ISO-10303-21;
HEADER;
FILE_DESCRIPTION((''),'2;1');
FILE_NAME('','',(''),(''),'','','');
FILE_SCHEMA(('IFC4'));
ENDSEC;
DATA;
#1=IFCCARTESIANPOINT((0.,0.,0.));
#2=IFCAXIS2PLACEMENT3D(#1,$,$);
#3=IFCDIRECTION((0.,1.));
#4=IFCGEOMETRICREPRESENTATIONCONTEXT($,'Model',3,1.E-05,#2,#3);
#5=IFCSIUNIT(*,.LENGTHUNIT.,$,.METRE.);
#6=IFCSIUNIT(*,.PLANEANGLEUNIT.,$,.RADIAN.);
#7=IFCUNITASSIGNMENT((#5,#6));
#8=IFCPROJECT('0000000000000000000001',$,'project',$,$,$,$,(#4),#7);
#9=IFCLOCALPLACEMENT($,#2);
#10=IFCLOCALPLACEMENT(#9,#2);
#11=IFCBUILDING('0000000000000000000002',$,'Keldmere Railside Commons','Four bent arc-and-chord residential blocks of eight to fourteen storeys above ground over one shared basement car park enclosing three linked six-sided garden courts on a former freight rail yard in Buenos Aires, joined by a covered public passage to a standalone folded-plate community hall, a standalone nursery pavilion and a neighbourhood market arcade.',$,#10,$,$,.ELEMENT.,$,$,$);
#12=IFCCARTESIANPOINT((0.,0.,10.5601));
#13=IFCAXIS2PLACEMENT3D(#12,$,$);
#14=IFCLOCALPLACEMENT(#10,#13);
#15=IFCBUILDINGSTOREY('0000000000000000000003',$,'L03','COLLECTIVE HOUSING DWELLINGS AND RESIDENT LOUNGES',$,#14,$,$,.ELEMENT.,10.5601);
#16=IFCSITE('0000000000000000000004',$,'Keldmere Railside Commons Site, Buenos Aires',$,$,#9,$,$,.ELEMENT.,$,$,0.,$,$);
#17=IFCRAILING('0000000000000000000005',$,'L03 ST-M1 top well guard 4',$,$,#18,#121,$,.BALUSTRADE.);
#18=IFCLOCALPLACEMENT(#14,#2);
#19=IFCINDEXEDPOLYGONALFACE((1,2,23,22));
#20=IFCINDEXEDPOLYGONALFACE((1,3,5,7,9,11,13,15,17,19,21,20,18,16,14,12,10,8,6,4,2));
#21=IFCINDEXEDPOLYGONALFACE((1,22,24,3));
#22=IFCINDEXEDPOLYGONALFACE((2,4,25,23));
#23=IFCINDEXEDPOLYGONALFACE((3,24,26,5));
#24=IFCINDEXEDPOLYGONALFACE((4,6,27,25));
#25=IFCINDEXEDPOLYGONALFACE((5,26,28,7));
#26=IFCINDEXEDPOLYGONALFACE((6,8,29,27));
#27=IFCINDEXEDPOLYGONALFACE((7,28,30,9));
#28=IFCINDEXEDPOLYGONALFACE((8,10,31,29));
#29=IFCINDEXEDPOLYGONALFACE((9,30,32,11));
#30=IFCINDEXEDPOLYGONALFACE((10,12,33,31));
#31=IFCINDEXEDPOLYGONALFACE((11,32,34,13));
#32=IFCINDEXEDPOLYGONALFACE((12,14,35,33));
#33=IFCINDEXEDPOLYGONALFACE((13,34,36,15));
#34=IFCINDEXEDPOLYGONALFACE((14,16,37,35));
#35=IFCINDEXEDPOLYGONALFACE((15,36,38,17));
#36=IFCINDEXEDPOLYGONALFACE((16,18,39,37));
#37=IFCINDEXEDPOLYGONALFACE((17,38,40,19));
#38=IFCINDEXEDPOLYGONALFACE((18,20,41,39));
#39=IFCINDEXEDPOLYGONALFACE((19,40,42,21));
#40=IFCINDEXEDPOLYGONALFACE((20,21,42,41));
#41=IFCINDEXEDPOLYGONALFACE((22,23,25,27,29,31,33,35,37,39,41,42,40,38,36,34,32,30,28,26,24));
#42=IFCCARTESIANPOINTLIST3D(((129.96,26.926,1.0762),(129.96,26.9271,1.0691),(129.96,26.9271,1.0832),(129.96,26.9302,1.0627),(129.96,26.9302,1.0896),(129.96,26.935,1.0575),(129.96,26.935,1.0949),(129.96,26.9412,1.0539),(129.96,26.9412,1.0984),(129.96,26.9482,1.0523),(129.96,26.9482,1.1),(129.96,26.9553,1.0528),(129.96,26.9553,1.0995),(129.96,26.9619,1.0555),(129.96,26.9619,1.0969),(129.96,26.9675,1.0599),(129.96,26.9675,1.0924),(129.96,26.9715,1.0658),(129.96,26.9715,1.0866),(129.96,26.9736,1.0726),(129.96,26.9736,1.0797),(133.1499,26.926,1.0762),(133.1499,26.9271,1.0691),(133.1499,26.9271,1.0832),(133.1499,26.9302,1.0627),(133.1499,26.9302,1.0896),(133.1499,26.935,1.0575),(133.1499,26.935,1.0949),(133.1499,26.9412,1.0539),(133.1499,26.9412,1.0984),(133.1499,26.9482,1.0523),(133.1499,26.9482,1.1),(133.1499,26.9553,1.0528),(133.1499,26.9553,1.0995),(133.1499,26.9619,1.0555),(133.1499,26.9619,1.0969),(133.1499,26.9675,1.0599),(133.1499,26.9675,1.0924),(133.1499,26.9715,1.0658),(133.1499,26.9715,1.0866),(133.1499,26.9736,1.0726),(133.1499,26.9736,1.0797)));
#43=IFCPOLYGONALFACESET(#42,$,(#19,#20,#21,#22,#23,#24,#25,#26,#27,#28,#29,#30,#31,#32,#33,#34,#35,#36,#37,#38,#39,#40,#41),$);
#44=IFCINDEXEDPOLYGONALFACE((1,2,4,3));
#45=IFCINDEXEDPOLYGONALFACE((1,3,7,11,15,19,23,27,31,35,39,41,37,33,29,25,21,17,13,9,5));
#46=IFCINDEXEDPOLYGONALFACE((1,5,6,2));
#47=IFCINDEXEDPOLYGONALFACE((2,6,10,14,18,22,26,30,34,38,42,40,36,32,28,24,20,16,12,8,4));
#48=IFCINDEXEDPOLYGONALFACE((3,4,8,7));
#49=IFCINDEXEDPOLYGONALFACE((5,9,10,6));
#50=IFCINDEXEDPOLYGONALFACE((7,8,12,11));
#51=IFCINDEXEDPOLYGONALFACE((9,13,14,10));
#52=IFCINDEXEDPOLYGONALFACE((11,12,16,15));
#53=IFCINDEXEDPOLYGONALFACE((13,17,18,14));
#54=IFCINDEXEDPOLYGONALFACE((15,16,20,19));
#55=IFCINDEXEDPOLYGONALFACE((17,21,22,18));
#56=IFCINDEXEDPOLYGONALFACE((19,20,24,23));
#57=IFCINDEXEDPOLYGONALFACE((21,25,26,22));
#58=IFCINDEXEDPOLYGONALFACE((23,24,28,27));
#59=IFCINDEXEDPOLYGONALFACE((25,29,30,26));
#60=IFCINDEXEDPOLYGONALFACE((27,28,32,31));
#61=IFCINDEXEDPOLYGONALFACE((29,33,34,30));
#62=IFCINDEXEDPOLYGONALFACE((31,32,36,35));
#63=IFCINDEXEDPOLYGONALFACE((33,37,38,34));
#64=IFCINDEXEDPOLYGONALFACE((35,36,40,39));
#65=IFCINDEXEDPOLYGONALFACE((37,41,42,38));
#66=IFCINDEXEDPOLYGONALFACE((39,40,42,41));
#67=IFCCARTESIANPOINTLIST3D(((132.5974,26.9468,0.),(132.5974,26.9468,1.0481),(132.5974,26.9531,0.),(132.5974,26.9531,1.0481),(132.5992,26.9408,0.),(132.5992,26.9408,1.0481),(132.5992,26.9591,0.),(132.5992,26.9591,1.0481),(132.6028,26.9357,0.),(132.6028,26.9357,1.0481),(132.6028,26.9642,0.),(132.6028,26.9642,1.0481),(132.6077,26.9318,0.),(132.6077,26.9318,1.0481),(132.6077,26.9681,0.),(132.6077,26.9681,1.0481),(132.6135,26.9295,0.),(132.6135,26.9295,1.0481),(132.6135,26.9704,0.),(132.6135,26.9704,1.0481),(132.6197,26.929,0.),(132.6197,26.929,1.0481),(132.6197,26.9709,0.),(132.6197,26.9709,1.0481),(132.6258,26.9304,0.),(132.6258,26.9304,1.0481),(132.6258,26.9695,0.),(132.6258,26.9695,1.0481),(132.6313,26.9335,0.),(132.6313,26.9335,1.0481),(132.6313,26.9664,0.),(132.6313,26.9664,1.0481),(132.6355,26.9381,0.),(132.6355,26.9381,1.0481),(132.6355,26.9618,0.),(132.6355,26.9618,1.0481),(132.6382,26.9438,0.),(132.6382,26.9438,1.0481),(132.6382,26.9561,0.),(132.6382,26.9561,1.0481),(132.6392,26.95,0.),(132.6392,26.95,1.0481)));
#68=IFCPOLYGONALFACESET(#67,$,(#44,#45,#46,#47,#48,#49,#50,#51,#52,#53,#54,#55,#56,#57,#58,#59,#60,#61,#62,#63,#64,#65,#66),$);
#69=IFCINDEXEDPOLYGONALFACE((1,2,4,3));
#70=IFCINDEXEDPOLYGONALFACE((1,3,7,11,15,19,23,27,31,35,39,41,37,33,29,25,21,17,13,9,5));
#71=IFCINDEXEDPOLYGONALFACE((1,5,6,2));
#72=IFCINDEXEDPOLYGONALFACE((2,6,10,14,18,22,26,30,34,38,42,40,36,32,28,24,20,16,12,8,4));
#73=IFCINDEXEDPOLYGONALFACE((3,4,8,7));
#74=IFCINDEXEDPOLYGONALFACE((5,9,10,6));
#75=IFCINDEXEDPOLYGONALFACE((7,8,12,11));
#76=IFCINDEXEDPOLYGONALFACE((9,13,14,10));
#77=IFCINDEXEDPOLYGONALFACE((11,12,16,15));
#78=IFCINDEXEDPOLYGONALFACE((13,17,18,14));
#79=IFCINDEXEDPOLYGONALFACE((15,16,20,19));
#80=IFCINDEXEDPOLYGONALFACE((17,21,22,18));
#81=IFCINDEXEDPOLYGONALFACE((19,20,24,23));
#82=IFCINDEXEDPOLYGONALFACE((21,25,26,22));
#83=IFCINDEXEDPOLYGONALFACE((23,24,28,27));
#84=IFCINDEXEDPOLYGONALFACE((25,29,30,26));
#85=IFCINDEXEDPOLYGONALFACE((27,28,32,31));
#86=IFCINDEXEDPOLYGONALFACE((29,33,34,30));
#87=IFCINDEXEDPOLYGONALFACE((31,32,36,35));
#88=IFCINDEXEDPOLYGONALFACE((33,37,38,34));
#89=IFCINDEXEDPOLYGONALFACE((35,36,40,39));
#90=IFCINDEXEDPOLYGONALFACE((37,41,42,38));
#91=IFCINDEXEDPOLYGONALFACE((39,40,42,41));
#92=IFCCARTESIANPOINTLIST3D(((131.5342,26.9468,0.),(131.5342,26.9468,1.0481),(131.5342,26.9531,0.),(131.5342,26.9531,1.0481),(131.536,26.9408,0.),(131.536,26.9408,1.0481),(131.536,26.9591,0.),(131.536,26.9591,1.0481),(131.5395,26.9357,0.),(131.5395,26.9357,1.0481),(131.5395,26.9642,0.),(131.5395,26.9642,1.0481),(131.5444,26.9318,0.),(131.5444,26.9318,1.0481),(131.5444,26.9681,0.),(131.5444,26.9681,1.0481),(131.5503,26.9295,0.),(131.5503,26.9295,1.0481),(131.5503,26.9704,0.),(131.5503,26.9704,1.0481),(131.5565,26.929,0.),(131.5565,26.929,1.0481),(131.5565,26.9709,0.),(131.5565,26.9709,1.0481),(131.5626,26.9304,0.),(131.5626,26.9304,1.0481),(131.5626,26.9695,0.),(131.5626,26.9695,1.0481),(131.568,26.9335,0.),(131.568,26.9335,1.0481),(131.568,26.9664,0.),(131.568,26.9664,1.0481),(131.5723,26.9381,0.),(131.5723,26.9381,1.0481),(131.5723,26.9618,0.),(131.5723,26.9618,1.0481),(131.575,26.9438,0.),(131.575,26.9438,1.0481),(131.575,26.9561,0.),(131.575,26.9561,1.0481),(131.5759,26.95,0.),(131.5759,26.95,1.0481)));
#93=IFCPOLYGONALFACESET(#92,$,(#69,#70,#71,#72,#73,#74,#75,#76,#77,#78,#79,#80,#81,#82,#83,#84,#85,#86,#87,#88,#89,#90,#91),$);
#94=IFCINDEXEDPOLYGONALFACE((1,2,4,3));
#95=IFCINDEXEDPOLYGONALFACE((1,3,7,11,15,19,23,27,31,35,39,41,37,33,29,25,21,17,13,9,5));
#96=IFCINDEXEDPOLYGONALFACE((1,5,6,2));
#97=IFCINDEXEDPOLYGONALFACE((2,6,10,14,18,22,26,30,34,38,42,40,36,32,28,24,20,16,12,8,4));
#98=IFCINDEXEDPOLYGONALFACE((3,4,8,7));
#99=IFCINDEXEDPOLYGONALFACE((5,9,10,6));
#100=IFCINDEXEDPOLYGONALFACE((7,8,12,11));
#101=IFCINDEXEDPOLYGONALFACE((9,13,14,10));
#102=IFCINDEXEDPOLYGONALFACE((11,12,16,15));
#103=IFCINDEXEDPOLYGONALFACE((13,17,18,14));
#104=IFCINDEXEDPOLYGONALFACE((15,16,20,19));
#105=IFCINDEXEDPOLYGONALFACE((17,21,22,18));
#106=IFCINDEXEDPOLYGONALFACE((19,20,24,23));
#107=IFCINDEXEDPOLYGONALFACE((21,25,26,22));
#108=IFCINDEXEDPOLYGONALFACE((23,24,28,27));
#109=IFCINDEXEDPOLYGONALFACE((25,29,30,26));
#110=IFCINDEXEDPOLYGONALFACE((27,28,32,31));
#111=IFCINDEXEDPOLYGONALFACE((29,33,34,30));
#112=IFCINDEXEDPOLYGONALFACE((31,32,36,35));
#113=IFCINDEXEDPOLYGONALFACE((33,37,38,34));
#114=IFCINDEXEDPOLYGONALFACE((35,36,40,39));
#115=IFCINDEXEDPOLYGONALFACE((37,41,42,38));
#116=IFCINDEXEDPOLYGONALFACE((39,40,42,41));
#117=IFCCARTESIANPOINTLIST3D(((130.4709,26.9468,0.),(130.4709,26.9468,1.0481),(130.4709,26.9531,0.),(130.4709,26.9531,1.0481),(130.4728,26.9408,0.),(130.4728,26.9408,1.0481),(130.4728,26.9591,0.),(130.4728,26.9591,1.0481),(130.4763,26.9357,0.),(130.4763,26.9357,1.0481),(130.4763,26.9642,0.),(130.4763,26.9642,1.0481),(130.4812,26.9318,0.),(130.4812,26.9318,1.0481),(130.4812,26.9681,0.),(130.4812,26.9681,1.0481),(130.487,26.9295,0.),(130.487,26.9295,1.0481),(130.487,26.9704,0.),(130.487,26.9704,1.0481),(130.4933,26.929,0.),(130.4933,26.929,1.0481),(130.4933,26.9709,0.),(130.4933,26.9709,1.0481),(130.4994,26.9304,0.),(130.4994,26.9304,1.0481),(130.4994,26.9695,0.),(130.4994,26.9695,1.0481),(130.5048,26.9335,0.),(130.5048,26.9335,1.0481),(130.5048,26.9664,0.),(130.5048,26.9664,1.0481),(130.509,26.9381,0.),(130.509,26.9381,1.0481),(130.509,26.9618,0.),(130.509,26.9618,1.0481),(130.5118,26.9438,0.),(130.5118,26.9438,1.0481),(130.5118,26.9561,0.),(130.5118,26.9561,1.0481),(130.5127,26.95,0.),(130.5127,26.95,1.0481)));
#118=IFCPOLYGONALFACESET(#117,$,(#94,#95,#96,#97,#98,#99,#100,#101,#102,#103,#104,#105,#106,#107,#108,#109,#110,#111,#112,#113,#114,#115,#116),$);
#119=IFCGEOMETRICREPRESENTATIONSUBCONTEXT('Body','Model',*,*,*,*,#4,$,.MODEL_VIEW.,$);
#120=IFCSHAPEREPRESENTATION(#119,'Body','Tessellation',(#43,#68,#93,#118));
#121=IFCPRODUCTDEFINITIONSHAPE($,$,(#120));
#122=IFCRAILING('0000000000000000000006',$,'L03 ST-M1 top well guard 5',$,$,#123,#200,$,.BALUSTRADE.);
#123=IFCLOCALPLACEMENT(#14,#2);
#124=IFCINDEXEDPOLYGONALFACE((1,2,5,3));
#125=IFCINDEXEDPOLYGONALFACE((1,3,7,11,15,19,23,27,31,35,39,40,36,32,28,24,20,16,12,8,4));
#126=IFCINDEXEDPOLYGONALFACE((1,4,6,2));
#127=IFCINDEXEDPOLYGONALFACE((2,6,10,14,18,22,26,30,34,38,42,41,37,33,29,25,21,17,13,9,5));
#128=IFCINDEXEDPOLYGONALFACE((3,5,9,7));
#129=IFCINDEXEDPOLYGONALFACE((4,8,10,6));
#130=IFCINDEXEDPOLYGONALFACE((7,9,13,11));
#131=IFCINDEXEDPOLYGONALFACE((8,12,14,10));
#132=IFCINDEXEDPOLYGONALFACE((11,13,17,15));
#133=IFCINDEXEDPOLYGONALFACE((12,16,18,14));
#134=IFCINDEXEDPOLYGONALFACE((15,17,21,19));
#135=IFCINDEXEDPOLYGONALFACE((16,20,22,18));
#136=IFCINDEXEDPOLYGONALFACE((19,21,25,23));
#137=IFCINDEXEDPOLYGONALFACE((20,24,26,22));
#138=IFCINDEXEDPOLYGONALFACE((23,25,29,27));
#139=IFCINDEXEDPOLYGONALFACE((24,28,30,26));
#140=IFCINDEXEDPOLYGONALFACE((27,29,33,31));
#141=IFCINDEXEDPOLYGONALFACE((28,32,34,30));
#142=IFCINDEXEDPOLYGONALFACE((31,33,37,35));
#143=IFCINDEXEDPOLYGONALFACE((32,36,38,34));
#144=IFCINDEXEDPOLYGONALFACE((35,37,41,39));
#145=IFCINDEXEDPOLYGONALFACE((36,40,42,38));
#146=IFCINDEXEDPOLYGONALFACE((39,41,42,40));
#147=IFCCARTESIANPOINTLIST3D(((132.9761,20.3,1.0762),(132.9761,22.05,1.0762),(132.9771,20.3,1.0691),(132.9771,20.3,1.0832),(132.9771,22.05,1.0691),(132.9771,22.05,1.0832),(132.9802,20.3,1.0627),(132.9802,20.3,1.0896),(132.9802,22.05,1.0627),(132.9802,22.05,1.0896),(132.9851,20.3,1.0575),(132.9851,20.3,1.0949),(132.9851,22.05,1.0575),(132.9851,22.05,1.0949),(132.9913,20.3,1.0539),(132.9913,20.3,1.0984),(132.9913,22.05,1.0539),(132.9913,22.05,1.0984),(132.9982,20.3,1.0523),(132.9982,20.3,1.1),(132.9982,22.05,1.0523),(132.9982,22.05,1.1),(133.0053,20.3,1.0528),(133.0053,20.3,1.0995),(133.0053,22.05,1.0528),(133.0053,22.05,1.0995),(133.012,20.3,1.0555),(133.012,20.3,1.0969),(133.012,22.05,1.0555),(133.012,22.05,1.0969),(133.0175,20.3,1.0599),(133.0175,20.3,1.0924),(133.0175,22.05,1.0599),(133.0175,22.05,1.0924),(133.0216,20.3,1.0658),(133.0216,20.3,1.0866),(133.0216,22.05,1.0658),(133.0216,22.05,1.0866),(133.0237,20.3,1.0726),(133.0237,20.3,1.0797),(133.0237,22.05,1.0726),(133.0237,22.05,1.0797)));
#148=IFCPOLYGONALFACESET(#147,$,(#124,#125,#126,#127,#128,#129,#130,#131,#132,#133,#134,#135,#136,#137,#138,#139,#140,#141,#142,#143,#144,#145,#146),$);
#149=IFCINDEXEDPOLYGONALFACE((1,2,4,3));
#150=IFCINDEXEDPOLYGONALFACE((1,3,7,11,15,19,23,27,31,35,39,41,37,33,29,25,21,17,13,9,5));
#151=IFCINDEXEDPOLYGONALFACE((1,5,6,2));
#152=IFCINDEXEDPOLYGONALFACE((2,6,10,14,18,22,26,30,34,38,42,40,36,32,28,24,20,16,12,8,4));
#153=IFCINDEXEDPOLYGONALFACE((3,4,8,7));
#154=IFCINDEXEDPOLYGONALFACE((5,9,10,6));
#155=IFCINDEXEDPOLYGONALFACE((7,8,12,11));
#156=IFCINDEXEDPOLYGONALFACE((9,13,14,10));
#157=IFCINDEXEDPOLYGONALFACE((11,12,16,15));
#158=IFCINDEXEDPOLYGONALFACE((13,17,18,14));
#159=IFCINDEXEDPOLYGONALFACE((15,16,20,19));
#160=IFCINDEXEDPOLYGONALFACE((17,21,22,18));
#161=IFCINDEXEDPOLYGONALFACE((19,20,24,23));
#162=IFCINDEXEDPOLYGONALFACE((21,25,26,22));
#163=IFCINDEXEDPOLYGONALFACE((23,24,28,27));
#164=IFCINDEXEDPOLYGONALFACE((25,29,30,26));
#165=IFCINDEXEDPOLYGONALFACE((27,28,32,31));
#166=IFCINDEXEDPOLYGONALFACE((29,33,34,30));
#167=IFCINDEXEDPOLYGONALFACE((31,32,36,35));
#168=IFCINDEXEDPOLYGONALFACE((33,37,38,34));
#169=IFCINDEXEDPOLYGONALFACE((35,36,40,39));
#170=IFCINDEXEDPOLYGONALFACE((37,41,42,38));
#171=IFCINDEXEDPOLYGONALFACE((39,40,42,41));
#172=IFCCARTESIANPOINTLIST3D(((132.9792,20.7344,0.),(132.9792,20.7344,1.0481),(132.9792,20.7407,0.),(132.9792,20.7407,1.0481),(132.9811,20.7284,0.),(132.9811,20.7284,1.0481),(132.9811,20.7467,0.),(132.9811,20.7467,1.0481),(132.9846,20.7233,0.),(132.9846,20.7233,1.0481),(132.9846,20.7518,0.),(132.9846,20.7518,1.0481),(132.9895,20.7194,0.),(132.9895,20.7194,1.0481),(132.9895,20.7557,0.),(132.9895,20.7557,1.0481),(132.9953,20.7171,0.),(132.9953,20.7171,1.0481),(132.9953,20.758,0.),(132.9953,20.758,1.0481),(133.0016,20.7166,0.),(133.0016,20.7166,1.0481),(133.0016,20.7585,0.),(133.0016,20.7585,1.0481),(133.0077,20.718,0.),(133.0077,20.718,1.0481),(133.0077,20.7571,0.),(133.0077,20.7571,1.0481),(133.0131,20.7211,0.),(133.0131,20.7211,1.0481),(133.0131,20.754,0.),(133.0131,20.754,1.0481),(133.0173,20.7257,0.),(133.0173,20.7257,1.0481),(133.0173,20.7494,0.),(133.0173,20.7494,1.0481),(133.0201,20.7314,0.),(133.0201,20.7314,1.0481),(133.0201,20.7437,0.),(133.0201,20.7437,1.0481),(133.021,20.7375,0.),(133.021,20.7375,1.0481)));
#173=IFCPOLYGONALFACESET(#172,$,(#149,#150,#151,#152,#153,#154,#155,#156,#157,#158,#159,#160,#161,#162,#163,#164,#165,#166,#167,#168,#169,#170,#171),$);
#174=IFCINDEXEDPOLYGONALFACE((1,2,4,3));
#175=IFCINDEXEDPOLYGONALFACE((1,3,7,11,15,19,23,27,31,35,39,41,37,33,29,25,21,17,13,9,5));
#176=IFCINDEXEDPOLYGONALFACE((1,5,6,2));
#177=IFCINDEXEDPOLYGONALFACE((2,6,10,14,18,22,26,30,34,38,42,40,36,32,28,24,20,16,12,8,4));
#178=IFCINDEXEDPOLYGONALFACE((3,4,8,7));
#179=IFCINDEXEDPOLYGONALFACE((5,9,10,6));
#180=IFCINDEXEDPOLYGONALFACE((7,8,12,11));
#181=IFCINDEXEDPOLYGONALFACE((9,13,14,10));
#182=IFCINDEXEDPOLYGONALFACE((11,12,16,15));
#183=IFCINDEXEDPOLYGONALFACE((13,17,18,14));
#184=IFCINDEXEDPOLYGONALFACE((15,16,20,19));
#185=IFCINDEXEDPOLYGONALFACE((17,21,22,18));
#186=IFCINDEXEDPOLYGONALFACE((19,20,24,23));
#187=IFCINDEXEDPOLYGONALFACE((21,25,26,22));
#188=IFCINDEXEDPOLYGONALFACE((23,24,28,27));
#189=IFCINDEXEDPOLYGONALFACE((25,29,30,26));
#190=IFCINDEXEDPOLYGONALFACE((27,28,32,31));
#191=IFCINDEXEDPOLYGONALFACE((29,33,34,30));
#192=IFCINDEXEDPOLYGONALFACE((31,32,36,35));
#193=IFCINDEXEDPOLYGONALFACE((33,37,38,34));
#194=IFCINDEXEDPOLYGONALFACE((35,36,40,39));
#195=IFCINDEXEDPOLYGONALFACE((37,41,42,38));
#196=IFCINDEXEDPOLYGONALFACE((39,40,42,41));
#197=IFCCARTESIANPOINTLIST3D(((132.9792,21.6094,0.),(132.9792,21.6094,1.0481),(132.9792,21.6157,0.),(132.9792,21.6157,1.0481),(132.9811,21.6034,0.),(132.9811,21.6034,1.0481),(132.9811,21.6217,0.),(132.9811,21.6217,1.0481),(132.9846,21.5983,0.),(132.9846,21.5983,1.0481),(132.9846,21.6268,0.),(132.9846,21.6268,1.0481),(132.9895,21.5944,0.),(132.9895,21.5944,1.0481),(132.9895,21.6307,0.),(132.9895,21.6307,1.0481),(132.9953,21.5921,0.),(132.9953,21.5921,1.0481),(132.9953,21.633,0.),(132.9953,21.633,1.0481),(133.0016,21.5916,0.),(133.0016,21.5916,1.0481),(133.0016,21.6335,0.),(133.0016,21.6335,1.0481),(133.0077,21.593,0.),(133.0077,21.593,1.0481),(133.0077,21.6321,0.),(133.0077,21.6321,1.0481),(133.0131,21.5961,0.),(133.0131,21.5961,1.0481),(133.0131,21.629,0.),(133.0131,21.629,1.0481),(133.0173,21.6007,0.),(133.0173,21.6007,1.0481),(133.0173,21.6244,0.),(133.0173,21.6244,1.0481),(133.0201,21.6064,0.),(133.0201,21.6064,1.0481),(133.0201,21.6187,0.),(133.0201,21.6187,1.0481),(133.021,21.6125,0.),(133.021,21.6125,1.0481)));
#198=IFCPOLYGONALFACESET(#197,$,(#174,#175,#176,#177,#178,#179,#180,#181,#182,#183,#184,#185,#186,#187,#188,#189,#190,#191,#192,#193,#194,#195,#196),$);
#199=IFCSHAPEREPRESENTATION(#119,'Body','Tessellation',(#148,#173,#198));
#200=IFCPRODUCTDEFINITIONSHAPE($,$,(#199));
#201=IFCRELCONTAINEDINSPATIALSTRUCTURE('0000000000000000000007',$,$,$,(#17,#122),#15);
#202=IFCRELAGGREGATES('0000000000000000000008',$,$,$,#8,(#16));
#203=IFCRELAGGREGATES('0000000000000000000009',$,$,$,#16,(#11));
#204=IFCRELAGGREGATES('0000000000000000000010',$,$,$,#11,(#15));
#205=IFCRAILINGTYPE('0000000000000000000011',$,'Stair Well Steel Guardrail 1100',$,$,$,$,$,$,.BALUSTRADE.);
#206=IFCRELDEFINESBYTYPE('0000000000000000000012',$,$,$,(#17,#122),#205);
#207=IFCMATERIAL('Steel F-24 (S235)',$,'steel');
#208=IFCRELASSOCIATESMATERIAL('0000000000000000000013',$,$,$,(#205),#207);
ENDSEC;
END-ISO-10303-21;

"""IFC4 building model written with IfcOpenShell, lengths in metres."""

from ifc_helpers import new_model, si_unit, direction, frame, origin, origin_2d, place, context, subcontext, project, spatial, circle, extrude, material, type_object, element, save


model = new_model("IFC4")

# Units and contexts
model_context = context("Model", 3, precision=1e-05, world=origin(), true_north=direction((0.0, 1.0)))
body_context = subcontext(model_context, "Body", "Model", "MODEL_VIEW")
ifc_project = project(units=[si_unit("LENGTHUNIT", "METRE"), si_unit("PLANEANGLEUNIT", "RADIAN")], contexts=[model_context])

# Site, building, storey
site_placement = place(None, origin())
site = spatial("IfcSite", under=ifc_project, at=site_placement, Name="Keldmere Railside Commons Site, Buenos Aires", CompositionType="ELEMENT", RefElevation=0.0)
building_placement = place(site_placement, origin())
building = spatial("IfcBuilding", under=site, at=building_placement, Name="Keldmere Railside Commons", Description="Four bent arc-and-chord residential blocks of eight to fourteen storeys above ground over one shared basement car park enclosing three linked six-sided garden courts on a former freight rail yard in Buenos Aires, joined by a covered public passage to a standalone folded-plate community hall, a standalone nursery pavilion and a neighbourhood market arcade.", CompositionType="ELEMENT")
storey_placement = place(building_placement, frame((0.0, 0.0, 10.5601)))
storey = spatial("IfcBuildingStorey", under=building, at=storey_placement, Name="L03", Description="COLLECTIVE HOUSING DWELLINGS AND RESIDENT LOUNGES", CompositionType="ELEMENT", Elevation=10.5601)

# Railings
ifc_material_1 = material(Name="Steel F-24 (S235)", Category="steel")
railing_type_1 = type_object("IfcRailingType", Name="Stair Well Steel Guardrail 1100", PredefinedType="BALUSTRADE", material=ifc_material_1)
railing_1_placement = place(storey_placement, frame((133.1499, 26.95, 0.0)))
element("IfcRailing", 1, at=railing_1_placement, inside=storey, type_object=railing_type_1, Name="L03 ST-M1 top well guard 4", PredefinedType="BALUSTRADE", context=body_context, shape_type="SweptSolid", body=[
    extrude(circle(Radius=0.0239, at=origin_2d()), frame((0.0, 0.0, 1.0762), z_axis=(-1.0, 0.0, 0.0), x_axis=(0.0, -1.0, 0.0)), (0.0, 0.0, 1.0), 3.1899),
    extrude(circle(Radius=0.021, at=origin_2d()), frame((-0.5317, 0.0, 0.0)), (0.0, 0.0, 1.0), 1.0481),
    extrude(circle(Radius=0.021, at=origin_2d()), frame((-1.595, 0.0, 0.0)), (0.0, 0.0, 1.0), 1.0481),
    extrude(circle(Radius=0.021, at=origin_2d()), frame((-2.6582, 0.0, 0.0)), (0.0, 0.0, 1.0), 1.0481),
])
for number, where, name in (
    (2, (133.0, 20.3, 0.0), "L03 ST-M1 top well guard 5"),
):
    element("IfcRailing", number, at=place(storey_placement, frame(where)), inside=storey, type_object=railing_type_1, Name=name, PredefinedType="BALUSTRADE", context=body_context, shape_type="SweptSolid", body=[
        extrude(circle(Radius=0.0239, at=origin_2d()), frame((0.0, 0.0, 1.0762), z_axis=(0.0, 1.0, 0.0), x_axis=(-1.0, 0.0, 0.0)), (0.0, 0.0, 1.0), 1.75),
        extrude(circle(Radius=0.021, at=origin_2d()), frame((0.0, 0.4375, 0.0)), (0.0, 0.0, 1.0), 1.0481),
        extrude(circle(Radius=0.021, at=origin_2d()), frame((0.0, 1.3125, 0.0)), (0.0, 0.0, 1.0), 1.0481),
    ])

save(model, "model.ifc")
